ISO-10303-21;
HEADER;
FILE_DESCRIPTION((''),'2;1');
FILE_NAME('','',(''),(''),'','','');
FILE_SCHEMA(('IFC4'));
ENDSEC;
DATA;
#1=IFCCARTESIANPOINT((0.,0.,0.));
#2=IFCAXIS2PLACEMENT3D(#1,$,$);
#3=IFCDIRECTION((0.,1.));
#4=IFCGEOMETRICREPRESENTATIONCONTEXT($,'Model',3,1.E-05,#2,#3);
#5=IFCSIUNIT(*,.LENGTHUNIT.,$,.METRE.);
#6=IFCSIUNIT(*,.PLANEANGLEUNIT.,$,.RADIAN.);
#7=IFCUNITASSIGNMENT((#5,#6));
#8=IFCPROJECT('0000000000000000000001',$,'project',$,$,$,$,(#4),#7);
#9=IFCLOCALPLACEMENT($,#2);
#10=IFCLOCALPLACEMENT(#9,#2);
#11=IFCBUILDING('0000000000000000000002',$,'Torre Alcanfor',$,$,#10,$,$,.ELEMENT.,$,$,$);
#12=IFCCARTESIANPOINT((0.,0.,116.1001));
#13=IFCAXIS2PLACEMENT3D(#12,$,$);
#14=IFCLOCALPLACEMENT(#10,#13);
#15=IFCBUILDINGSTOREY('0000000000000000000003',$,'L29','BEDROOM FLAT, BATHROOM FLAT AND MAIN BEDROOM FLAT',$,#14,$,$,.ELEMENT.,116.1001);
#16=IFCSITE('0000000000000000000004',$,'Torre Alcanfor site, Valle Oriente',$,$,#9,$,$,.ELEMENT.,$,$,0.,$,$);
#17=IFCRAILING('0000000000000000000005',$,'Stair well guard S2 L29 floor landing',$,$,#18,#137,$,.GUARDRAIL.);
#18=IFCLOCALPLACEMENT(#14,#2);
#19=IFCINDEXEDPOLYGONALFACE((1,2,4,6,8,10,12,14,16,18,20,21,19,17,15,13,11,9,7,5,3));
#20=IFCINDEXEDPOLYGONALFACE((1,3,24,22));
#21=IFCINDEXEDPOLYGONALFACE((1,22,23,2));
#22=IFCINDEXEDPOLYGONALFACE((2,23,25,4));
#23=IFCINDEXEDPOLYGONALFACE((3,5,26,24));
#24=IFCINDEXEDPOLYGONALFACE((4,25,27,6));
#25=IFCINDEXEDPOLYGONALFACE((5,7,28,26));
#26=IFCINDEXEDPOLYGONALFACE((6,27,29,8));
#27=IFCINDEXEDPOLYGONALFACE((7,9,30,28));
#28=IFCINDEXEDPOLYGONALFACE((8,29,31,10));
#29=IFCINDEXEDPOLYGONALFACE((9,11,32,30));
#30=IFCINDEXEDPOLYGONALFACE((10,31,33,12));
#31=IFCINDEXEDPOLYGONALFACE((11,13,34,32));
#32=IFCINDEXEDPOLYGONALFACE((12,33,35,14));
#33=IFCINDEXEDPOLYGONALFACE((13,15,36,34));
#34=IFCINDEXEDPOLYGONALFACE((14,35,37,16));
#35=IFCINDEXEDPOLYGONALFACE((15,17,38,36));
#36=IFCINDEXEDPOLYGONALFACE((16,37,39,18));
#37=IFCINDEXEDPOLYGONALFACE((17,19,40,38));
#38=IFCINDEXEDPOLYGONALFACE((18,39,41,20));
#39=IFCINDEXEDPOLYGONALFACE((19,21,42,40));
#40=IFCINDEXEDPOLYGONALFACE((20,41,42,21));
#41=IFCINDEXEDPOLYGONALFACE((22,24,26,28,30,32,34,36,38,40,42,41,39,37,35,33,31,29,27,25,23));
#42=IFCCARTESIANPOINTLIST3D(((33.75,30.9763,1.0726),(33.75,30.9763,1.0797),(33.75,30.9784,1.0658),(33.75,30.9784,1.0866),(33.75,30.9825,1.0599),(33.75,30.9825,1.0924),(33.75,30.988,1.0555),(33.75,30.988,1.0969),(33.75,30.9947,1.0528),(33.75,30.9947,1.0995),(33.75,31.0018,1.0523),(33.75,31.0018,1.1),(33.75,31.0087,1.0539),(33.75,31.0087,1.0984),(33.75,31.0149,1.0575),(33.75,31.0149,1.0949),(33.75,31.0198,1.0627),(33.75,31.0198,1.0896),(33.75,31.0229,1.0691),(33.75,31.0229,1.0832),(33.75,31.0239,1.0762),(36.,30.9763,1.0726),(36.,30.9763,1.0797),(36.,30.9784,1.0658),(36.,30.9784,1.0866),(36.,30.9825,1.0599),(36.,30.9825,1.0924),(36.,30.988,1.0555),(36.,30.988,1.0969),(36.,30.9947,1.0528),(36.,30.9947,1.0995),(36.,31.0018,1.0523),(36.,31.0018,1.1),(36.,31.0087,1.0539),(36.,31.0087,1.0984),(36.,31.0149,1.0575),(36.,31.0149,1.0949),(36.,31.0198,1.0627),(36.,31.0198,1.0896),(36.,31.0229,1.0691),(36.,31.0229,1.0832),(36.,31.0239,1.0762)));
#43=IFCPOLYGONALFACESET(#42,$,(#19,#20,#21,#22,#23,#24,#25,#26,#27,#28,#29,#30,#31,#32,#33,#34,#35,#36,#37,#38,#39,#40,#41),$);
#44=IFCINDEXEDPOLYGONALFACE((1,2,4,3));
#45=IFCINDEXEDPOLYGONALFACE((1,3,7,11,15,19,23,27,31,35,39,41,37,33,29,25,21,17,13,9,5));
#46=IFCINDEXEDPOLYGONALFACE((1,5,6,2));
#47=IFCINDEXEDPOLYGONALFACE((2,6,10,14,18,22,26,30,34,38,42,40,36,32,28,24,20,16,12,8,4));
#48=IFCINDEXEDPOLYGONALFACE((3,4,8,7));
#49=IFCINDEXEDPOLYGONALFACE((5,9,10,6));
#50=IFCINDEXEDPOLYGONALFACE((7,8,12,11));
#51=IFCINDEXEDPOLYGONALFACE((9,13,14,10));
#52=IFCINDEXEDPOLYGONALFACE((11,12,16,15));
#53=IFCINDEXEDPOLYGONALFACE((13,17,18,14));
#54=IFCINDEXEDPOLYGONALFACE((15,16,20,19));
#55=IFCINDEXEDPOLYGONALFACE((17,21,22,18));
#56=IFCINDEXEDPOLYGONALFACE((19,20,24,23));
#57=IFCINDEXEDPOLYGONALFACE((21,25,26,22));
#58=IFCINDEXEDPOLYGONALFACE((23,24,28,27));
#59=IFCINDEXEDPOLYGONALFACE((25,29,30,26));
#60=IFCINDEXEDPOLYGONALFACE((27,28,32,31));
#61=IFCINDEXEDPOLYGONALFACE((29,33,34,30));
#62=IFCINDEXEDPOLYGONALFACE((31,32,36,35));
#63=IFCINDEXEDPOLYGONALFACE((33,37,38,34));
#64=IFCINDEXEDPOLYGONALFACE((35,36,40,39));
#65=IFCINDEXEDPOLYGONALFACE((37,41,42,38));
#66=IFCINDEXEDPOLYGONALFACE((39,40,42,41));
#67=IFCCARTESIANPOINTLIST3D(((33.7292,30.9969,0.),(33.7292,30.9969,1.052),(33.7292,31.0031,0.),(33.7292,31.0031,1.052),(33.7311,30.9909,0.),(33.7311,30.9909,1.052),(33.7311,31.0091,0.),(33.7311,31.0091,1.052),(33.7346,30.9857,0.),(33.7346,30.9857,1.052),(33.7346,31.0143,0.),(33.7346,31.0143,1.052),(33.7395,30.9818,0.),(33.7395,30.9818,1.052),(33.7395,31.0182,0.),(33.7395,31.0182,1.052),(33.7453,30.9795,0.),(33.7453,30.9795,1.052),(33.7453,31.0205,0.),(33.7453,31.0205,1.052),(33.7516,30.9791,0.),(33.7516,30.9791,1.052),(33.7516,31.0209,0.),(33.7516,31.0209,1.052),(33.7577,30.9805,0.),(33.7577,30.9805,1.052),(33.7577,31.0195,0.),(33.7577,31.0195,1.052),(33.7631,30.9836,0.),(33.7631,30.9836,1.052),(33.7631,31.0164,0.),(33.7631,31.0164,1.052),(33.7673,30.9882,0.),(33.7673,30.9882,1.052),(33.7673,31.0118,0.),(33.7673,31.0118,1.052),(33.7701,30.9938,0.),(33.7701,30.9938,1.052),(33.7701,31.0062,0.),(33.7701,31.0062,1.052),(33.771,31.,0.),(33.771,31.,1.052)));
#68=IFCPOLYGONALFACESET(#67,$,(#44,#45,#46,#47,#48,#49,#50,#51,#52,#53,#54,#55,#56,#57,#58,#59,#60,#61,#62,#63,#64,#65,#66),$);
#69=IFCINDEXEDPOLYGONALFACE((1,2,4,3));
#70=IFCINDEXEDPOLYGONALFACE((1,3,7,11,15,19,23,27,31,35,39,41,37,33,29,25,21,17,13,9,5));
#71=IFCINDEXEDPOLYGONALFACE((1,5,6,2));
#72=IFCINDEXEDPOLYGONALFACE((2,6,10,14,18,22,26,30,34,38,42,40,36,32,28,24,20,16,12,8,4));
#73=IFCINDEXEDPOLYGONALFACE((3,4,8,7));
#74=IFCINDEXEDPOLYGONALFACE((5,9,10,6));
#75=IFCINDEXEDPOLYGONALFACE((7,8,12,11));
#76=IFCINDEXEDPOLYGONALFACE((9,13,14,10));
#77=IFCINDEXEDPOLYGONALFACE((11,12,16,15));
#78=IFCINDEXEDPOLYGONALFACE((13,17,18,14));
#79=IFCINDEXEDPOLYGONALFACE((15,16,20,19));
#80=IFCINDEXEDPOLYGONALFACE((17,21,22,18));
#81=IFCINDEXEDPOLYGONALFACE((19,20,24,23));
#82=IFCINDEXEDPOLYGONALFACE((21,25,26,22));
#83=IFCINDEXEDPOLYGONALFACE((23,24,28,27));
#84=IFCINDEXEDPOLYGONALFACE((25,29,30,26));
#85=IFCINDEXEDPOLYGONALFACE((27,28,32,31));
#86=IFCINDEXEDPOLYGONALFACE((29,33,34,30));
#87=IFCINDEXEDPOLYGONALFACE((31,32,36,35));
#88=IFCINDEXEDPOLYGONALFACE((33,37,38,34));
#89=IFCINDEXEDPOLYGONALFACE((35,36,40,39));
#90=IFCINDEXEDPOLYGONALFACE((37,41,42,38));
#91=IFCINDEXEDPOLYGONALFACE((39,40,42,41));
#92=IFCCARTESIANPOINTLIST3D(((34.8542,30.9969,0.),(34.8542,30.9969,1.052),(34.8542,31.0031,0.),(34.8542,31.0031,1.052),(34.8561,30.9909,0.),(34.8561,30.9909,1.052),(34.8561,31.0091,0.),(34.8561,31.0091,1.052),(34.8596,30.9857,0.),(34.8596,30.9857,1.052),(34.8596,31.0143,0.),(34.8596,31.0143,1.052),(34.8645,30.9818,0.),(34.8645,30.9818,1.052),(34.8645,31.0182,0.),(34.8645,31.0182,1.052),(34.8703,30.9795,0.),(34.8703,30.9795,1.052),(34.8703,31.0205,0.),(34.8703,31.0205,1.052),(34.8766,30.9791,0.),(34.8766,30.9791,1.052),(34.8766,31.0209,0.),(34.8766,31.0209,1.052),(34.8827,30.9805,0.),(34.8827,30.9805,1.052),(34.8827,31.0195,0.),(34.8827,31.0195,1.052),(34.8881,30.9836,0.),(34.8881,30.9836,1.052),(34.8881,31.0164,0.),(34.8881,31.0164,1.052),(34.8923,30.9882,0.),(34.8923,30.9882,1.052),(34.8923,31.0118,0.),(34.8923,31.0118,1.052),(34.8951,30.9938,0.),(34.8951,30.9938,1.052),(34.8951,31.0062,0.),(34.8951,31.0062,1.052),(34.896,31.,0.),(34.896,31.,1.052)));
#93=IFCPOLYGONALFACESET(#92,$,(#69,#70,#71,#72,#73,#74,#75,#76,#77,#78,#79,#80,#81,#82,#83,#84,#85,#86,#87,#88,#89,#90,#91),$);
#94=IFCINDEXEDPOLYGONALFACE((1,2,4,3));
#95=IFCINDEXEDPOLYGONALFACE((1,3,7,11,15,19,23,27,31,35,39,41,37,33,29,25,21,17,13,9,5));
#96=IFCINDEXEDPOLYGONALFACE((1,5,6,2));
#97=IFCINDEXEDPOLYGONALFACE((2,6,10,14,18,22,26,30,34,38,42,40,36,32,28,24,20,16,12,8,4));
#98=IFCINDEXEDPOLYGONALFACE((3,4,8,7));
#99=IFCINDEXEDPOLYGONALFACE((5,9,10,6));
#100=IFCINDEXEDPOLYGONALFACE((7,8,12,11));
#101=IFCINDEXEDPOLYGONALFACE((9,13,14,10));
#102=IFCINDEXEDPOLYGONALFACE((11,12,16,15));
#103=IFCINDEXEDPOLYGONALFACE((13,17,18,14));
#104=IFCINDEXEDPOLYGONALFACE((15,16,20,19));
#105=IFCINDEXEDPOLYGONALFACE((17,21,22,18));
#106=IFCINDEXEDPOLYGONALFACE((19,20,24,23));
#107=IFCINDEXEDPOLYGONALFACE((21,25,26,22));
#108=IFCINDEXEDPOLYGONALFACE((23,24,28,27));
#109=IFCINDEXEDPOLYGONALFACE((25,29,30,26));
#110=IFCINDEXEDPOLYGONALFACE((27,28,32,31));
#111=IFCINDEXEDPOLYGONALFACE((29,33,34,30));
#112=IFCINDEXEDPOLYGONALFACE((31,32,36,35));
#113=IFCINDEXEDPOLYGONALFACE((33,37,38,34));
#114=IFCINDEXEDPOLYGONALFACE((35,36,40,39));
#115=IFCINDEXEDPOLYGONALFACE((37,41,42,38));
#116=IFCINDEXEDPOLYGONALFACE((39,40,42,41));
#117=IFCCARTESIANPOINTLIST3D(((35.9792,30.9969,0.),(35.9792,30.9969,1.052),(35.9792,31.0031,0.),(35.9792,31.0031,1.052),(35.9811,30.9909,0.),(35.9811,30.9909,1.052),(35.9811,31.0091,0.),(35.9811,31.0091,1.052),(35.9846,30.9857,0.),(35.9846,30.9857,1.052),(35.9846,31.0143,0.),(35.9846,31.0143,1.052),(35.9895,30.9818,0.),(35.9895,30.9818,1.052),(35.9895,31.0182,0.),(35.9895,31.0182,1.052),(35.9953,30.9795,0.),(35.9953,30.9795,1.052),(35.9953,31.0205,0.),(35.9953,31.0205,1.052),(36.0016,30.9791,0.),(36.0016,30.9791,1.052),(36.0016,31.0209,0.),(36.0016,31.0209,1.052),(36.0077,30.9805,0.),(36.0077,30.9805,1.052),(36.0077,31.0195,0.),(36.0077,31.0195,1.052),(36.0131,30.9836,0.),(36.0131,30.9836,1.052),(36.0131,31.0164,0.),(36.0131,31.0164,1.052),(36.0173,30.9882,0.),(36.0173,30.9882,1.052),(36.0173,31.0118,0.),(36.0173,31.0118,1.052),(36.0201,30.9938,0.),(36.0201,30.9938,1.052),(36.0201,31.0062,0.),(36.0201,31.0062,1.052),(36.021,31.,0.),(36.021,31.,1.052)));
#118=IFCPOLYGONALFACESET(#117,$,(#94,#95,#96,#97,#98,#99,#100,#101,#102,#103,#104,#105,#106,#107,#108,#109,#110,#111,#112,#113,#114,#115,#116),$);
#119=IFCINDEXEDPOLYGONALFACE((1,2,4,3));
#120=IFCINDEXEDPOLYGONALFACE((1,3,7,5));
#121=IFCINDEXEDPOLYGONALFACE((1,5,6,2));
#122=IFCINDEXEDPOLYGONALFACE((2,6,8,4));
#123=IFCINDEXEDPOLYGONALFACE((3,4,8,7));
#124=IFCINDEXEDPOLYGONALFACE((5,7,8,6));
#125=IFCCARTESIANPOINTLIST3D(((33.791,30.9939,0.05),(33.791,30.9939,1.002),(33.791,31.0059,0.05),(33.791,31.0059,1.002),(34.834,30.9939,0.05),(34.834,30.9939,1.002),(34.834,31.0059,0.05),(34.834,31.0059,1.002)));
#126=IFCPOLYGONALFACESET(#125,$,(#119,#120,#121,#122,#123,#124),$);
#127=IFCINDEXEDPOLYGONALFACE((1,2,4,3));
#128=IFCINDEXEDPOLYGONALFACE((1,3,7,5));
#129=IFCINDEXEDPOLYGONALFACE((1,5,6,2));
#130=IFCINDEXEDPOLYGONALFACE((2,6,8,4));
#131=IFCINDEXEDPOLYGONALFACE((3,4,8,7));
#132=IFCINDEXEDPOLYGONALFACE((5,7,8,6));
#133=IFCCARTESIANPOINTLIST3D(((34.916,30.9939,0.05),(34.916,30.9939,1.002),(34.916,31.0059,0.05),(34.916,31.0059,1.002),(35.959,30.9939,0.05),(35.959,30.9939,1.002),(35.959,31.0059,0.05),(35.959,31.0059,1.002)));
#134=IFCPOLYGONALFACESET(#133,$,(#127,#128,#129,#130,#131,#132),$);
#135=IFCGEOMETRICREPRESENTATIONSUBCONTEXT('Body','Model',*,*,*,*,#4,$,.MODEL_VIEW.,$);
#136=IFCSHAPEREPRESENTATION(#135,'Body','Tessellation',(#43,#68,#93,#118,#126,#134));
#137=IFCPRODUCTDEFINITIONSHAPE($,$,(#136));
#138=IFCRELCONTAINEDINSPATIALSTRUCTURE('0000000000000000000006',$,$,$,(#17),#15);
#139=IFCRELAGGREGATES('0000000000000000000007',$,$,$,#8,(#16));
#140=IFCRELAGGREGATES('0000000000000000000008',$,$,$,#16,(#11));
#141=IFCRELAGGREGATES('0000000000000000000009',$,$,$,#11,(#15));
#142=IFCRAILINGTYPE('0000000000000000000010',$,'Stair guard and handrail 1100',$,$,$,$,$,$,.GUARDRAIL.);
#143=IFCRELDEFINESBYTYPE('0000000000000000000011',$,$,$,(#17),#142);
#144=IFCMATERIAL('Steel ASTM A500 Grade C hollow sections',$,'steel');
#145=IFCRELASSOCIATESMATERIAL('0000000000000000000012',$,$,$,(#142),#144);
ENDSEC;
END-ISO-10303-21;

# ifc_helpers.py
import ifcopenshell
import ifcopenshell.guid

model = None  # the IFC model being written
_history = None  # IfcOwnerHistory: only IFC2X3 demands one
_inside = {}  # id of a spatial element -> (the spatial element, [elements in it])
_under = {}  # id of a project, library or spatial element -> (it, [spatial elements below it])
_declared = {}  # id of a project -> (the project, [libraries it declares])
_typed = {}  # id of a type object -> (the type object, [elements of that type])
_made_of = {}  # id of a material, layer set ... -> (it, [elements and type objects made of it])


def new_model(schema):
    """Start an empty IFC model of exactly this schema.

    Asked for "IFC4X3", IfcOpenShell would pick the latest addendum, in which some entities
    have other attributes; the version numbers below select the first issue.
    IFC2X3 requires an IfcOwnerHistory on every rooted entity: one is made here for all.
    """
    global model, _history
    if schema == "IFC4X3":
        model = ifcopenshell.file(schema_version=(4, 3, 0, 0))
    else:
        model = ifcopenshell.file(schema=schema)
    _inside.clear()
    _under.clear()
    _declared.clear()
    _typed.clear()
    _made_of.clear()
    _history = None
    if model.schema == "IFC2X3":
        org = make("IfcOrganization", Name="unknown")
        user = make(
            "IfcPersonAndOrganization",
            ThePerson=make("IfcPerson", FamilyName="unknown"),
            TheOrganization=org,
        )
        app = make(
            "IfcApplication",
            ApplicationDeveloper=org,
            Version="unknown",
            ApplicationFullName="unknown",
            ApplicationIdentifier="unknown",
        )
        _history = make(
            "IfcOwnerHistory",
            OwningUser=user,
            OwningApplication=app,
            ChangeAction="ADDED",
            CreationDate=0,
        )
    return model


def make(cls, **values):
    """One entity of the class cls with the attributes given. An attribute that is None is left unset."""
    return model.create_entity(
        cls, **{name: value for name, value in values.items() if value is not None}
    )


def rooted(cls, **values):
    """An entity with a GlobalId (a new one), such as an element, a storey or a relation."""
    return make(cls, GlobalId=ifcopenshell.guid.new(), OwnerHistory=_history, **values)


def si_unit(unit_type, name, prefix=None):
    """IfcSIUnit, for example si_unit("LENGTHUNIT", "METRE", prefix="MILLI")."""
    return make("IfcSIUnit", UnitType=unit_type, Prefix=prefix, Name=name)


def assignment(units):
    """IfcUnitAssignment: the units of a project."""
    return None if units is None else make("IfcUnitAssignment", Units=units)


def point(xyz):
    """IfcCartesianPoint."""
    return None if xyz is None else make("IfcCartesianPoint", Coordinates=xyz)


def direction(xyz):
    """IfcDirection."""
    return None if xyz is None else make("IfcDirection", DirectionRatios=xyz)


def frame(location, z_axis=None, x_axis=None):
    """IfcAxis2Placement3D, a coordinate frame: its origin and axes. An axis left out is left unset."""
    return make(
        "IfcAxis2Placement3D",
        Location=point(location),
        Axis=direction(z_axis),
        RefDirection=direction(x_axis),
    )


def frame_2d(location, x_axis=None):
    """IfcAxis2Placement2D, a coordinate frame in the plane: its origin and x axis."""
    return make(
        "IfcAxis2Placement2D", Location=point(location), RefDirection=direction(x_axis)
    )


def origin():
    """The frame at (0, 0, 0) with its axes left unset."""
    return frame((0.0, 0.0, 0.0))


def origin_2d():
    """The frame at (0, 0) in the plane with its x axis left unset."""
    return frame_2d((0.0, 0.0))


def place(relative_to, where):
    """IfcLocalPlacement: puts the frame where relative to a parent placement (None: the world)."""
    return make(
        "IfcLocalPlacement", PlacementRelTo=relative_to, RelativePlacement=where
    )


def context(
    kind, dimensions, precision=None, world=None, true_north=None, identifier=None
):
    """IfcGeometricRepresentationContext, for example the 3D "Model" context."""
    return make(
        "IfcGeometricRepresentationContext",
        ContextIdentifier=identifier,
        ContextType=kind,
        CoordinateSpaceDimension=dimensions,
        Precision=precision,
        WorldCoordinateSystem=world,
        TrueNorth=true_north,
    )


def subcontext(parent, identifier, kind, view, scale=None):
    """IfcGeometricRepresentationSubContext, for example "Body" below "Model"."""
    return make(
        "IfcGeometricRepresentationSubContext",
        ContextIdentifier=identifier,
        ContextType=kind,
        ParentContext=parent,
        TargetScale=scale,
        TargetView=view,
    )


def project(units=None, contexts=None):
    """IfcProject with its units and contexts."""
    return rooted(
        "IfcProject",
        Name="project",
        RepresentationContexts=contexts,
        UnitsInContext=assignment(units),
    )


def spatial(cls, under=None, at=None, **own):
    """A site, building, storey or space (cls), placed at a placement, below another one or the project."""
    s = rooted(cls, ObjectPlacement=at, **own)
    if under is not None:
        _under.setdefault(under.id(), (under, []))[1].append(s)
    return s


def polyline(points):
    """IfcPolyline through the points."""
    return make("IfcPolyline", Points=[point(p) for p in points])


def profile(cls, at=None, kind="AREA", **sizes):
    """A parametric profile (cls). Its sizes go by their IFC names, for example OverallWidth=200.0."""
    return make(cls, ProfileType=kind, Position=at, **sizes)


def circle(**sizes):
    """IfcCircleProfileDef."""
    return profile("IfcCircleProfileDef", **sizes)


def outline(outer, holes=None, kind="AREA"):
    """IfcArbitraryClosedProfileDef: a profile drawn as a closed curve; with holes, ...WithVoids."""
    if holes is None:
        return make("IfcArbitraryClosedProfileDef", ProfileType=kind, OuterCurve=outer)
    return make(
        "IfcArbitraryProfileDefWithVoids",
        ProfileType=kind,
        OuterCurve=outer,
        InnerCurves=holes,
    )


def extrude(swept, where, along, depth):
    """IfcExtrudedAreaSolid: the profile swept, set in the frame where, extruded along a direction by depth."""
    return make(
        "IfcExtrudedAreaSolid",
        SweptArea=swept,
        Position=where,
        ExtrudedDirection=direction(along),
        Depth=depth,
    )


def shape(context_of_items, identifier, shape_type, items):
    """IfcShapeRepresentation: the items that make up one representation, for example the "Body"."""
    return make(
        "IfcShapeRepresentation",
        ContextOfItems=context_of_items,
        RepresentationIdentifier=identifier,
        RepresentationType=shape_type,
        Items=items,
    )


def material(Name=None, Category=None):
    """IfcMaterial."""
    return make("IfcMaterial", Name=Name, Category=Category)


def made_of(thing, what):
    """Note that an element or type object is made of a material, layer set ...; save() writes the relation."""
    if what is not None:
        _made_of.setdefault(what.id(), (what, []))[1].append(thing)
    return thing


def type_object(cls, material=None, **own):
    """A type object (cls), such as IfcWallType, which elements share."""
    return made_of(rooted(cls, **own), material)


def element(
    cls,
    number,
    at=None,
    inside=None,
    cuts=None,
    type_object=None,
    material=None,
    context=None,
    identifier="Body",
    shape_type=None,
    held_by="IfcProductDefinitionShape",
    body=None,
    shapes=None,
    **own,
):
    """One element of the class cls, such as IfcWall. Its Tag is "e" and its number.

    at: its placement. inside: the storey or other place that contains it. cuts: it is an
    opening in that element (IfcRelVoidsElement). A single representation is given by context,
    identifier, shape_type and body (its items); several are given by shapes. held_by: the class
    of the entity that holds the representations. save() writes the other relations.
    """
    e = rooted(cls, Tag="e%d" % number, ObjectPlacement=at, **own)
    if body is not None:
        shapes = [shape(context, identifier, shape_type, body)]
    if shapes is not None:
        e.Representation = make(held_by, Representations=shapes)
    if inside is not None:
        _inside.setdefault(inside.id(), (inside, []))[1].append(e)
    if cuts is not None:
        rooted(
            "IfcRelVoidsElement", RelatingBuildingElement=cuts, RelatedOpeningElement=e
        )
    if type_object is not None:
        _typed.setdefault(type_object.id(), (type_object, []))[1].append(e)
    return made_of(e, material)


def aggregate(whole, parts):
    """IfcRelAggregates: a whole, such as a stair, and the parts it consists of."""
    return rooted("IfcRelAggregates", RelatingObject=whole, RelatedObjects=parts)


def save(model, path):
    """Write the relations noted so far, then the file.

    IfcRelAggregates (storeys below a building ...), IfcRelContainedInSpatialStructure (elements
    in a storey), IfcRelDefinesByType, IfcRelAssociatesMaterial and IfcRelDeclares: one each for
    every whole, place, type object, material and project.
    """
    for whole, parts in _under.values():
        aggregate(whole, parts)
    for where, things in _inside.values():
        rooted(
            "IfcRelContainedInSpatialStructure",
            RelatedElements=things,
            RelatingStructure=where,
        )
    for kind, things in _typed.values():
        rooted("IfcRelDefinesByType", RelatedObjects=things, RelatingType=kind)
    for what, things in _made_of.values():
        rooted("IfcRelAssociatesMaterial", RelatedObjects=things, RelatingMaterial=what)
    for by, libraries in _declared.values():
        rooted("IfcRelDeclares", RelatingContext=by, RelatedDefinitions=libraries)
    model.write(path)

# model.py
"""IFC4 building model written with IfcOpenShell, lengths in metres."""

from ifc_helpers import new_model, si_unit, direction, frame, origin, origin_2d, place, context, subcontext, project, spatial, polyline, circle, outline, extrude, material, type_object, element, save


model = new_model("IFC4")

# Units and contexts
model_context = context("Model", 3, precision=1e-05, world=origin(), true_north=direction((0.0, 1.0)))
body_context = subcontext(model_context, "Body", "Model", "MODEL_VIEW")
ifc_project = project(units=[si_unit("LENGTHUNIT", "METRE"), si_unit("PLANEANGLEUNIT", "RADIAN")], contexts=[model_context])

# Site, building, storey
site_placement = place(None, origin())
site = spatial("IfcSite", under=ifc_project, at=site_placement, Name="Torre Alcanfor site, Valle Oriente", CompositionType="ELEMENT", RefElevation=0.0)
building_placement = place(site_placement, origin())
building = spatial("IfcBuilding", under=site, at=building_placement, Name="Torre Alcanfor", CompositionType="ELEMENT")
storey_placement = place(building_placement, frame((0.0, 0.0, 116.1001)))
storey = spatial("IfcBuildingStorey", under=building, at=storey_placement, Name="L29", Description="BEDROOM FLAT, BATHROOM FLAT AND MAIN BEDROOM FLAT", CompositionType="ELEMENT", Elevation=116.1001)

# Railing
ifc_material_1 = material(Name="Steel ASTM A500 Grade C hollow sections", Category="steel")
railing_type_1 = type_object("IfcRailingType", Name="Stair guard and handrail 1100", PredefinedType="GUARDRAIL", material=ifc_material_1)
for number, where, name in (
    (1, (33.75, 31.0, 0.0), "Stair well guard S2 L29 floor landing"),
):
    element("IfcRailing", number, at=place(storey_placement, frame(where)), inside=storey, type_object=railing_type_1, Name=name, PredefinedType="GUARDRAIL", context=body_context, shape_type="SweptSolid", body=[
        extrude(circle(Radius=0.0239, at=origin_2d()), frame((0.0, 0.0, 1.0762), z_axis=(1.0, 0.0, 0.0), x_axis=(0.0, 1.0, 0.0)), (0.0, 0.0, 1.0), 2.25),
        extrude(circle(Radius=0.021, at=origin_2d()), origin(), (0.0, 0.0, 1.0), 1.052),
        extrude(circle(Radius=0.021, at=origin_2d()), frame((1.125, 0.0, 0.0)), (0.0, 0.0, 1.0), 1.052),
        extrude(circle(Radius=0.021, at=origin_2d()), frame((2.25, 0.0, 0.0)), (0.0, 0.0, 1.0), 1.052),
        extrude(outline(polyline([(0.041, 0.05), (1.084, 0.05), (1.084, 1.002), (0.041, 1.002), (0.041, 0.05)])), frame((0.0, 0.0059, 0.0), z_axis=(0.0, -1.0, 0.0), x_axis=(1.0, 0.0, 0.0)), (0.0, 0.0, 1.0), 0.012),
        extrude(outline(polyline([(1.166, 0.05), (2.209, 0.05), (2.209, 1.002), (1.166, 1.002), (1.166, 0.05)])), frame((0.0, 0.0059, 0.0), z_axis=(0.0, -1.0, 0.0), x_axis=(1.0, 0.0, 0.0)), (0.0, 0.0, 1.0), 0.012),
    ])

save(model, "model.ifc")
